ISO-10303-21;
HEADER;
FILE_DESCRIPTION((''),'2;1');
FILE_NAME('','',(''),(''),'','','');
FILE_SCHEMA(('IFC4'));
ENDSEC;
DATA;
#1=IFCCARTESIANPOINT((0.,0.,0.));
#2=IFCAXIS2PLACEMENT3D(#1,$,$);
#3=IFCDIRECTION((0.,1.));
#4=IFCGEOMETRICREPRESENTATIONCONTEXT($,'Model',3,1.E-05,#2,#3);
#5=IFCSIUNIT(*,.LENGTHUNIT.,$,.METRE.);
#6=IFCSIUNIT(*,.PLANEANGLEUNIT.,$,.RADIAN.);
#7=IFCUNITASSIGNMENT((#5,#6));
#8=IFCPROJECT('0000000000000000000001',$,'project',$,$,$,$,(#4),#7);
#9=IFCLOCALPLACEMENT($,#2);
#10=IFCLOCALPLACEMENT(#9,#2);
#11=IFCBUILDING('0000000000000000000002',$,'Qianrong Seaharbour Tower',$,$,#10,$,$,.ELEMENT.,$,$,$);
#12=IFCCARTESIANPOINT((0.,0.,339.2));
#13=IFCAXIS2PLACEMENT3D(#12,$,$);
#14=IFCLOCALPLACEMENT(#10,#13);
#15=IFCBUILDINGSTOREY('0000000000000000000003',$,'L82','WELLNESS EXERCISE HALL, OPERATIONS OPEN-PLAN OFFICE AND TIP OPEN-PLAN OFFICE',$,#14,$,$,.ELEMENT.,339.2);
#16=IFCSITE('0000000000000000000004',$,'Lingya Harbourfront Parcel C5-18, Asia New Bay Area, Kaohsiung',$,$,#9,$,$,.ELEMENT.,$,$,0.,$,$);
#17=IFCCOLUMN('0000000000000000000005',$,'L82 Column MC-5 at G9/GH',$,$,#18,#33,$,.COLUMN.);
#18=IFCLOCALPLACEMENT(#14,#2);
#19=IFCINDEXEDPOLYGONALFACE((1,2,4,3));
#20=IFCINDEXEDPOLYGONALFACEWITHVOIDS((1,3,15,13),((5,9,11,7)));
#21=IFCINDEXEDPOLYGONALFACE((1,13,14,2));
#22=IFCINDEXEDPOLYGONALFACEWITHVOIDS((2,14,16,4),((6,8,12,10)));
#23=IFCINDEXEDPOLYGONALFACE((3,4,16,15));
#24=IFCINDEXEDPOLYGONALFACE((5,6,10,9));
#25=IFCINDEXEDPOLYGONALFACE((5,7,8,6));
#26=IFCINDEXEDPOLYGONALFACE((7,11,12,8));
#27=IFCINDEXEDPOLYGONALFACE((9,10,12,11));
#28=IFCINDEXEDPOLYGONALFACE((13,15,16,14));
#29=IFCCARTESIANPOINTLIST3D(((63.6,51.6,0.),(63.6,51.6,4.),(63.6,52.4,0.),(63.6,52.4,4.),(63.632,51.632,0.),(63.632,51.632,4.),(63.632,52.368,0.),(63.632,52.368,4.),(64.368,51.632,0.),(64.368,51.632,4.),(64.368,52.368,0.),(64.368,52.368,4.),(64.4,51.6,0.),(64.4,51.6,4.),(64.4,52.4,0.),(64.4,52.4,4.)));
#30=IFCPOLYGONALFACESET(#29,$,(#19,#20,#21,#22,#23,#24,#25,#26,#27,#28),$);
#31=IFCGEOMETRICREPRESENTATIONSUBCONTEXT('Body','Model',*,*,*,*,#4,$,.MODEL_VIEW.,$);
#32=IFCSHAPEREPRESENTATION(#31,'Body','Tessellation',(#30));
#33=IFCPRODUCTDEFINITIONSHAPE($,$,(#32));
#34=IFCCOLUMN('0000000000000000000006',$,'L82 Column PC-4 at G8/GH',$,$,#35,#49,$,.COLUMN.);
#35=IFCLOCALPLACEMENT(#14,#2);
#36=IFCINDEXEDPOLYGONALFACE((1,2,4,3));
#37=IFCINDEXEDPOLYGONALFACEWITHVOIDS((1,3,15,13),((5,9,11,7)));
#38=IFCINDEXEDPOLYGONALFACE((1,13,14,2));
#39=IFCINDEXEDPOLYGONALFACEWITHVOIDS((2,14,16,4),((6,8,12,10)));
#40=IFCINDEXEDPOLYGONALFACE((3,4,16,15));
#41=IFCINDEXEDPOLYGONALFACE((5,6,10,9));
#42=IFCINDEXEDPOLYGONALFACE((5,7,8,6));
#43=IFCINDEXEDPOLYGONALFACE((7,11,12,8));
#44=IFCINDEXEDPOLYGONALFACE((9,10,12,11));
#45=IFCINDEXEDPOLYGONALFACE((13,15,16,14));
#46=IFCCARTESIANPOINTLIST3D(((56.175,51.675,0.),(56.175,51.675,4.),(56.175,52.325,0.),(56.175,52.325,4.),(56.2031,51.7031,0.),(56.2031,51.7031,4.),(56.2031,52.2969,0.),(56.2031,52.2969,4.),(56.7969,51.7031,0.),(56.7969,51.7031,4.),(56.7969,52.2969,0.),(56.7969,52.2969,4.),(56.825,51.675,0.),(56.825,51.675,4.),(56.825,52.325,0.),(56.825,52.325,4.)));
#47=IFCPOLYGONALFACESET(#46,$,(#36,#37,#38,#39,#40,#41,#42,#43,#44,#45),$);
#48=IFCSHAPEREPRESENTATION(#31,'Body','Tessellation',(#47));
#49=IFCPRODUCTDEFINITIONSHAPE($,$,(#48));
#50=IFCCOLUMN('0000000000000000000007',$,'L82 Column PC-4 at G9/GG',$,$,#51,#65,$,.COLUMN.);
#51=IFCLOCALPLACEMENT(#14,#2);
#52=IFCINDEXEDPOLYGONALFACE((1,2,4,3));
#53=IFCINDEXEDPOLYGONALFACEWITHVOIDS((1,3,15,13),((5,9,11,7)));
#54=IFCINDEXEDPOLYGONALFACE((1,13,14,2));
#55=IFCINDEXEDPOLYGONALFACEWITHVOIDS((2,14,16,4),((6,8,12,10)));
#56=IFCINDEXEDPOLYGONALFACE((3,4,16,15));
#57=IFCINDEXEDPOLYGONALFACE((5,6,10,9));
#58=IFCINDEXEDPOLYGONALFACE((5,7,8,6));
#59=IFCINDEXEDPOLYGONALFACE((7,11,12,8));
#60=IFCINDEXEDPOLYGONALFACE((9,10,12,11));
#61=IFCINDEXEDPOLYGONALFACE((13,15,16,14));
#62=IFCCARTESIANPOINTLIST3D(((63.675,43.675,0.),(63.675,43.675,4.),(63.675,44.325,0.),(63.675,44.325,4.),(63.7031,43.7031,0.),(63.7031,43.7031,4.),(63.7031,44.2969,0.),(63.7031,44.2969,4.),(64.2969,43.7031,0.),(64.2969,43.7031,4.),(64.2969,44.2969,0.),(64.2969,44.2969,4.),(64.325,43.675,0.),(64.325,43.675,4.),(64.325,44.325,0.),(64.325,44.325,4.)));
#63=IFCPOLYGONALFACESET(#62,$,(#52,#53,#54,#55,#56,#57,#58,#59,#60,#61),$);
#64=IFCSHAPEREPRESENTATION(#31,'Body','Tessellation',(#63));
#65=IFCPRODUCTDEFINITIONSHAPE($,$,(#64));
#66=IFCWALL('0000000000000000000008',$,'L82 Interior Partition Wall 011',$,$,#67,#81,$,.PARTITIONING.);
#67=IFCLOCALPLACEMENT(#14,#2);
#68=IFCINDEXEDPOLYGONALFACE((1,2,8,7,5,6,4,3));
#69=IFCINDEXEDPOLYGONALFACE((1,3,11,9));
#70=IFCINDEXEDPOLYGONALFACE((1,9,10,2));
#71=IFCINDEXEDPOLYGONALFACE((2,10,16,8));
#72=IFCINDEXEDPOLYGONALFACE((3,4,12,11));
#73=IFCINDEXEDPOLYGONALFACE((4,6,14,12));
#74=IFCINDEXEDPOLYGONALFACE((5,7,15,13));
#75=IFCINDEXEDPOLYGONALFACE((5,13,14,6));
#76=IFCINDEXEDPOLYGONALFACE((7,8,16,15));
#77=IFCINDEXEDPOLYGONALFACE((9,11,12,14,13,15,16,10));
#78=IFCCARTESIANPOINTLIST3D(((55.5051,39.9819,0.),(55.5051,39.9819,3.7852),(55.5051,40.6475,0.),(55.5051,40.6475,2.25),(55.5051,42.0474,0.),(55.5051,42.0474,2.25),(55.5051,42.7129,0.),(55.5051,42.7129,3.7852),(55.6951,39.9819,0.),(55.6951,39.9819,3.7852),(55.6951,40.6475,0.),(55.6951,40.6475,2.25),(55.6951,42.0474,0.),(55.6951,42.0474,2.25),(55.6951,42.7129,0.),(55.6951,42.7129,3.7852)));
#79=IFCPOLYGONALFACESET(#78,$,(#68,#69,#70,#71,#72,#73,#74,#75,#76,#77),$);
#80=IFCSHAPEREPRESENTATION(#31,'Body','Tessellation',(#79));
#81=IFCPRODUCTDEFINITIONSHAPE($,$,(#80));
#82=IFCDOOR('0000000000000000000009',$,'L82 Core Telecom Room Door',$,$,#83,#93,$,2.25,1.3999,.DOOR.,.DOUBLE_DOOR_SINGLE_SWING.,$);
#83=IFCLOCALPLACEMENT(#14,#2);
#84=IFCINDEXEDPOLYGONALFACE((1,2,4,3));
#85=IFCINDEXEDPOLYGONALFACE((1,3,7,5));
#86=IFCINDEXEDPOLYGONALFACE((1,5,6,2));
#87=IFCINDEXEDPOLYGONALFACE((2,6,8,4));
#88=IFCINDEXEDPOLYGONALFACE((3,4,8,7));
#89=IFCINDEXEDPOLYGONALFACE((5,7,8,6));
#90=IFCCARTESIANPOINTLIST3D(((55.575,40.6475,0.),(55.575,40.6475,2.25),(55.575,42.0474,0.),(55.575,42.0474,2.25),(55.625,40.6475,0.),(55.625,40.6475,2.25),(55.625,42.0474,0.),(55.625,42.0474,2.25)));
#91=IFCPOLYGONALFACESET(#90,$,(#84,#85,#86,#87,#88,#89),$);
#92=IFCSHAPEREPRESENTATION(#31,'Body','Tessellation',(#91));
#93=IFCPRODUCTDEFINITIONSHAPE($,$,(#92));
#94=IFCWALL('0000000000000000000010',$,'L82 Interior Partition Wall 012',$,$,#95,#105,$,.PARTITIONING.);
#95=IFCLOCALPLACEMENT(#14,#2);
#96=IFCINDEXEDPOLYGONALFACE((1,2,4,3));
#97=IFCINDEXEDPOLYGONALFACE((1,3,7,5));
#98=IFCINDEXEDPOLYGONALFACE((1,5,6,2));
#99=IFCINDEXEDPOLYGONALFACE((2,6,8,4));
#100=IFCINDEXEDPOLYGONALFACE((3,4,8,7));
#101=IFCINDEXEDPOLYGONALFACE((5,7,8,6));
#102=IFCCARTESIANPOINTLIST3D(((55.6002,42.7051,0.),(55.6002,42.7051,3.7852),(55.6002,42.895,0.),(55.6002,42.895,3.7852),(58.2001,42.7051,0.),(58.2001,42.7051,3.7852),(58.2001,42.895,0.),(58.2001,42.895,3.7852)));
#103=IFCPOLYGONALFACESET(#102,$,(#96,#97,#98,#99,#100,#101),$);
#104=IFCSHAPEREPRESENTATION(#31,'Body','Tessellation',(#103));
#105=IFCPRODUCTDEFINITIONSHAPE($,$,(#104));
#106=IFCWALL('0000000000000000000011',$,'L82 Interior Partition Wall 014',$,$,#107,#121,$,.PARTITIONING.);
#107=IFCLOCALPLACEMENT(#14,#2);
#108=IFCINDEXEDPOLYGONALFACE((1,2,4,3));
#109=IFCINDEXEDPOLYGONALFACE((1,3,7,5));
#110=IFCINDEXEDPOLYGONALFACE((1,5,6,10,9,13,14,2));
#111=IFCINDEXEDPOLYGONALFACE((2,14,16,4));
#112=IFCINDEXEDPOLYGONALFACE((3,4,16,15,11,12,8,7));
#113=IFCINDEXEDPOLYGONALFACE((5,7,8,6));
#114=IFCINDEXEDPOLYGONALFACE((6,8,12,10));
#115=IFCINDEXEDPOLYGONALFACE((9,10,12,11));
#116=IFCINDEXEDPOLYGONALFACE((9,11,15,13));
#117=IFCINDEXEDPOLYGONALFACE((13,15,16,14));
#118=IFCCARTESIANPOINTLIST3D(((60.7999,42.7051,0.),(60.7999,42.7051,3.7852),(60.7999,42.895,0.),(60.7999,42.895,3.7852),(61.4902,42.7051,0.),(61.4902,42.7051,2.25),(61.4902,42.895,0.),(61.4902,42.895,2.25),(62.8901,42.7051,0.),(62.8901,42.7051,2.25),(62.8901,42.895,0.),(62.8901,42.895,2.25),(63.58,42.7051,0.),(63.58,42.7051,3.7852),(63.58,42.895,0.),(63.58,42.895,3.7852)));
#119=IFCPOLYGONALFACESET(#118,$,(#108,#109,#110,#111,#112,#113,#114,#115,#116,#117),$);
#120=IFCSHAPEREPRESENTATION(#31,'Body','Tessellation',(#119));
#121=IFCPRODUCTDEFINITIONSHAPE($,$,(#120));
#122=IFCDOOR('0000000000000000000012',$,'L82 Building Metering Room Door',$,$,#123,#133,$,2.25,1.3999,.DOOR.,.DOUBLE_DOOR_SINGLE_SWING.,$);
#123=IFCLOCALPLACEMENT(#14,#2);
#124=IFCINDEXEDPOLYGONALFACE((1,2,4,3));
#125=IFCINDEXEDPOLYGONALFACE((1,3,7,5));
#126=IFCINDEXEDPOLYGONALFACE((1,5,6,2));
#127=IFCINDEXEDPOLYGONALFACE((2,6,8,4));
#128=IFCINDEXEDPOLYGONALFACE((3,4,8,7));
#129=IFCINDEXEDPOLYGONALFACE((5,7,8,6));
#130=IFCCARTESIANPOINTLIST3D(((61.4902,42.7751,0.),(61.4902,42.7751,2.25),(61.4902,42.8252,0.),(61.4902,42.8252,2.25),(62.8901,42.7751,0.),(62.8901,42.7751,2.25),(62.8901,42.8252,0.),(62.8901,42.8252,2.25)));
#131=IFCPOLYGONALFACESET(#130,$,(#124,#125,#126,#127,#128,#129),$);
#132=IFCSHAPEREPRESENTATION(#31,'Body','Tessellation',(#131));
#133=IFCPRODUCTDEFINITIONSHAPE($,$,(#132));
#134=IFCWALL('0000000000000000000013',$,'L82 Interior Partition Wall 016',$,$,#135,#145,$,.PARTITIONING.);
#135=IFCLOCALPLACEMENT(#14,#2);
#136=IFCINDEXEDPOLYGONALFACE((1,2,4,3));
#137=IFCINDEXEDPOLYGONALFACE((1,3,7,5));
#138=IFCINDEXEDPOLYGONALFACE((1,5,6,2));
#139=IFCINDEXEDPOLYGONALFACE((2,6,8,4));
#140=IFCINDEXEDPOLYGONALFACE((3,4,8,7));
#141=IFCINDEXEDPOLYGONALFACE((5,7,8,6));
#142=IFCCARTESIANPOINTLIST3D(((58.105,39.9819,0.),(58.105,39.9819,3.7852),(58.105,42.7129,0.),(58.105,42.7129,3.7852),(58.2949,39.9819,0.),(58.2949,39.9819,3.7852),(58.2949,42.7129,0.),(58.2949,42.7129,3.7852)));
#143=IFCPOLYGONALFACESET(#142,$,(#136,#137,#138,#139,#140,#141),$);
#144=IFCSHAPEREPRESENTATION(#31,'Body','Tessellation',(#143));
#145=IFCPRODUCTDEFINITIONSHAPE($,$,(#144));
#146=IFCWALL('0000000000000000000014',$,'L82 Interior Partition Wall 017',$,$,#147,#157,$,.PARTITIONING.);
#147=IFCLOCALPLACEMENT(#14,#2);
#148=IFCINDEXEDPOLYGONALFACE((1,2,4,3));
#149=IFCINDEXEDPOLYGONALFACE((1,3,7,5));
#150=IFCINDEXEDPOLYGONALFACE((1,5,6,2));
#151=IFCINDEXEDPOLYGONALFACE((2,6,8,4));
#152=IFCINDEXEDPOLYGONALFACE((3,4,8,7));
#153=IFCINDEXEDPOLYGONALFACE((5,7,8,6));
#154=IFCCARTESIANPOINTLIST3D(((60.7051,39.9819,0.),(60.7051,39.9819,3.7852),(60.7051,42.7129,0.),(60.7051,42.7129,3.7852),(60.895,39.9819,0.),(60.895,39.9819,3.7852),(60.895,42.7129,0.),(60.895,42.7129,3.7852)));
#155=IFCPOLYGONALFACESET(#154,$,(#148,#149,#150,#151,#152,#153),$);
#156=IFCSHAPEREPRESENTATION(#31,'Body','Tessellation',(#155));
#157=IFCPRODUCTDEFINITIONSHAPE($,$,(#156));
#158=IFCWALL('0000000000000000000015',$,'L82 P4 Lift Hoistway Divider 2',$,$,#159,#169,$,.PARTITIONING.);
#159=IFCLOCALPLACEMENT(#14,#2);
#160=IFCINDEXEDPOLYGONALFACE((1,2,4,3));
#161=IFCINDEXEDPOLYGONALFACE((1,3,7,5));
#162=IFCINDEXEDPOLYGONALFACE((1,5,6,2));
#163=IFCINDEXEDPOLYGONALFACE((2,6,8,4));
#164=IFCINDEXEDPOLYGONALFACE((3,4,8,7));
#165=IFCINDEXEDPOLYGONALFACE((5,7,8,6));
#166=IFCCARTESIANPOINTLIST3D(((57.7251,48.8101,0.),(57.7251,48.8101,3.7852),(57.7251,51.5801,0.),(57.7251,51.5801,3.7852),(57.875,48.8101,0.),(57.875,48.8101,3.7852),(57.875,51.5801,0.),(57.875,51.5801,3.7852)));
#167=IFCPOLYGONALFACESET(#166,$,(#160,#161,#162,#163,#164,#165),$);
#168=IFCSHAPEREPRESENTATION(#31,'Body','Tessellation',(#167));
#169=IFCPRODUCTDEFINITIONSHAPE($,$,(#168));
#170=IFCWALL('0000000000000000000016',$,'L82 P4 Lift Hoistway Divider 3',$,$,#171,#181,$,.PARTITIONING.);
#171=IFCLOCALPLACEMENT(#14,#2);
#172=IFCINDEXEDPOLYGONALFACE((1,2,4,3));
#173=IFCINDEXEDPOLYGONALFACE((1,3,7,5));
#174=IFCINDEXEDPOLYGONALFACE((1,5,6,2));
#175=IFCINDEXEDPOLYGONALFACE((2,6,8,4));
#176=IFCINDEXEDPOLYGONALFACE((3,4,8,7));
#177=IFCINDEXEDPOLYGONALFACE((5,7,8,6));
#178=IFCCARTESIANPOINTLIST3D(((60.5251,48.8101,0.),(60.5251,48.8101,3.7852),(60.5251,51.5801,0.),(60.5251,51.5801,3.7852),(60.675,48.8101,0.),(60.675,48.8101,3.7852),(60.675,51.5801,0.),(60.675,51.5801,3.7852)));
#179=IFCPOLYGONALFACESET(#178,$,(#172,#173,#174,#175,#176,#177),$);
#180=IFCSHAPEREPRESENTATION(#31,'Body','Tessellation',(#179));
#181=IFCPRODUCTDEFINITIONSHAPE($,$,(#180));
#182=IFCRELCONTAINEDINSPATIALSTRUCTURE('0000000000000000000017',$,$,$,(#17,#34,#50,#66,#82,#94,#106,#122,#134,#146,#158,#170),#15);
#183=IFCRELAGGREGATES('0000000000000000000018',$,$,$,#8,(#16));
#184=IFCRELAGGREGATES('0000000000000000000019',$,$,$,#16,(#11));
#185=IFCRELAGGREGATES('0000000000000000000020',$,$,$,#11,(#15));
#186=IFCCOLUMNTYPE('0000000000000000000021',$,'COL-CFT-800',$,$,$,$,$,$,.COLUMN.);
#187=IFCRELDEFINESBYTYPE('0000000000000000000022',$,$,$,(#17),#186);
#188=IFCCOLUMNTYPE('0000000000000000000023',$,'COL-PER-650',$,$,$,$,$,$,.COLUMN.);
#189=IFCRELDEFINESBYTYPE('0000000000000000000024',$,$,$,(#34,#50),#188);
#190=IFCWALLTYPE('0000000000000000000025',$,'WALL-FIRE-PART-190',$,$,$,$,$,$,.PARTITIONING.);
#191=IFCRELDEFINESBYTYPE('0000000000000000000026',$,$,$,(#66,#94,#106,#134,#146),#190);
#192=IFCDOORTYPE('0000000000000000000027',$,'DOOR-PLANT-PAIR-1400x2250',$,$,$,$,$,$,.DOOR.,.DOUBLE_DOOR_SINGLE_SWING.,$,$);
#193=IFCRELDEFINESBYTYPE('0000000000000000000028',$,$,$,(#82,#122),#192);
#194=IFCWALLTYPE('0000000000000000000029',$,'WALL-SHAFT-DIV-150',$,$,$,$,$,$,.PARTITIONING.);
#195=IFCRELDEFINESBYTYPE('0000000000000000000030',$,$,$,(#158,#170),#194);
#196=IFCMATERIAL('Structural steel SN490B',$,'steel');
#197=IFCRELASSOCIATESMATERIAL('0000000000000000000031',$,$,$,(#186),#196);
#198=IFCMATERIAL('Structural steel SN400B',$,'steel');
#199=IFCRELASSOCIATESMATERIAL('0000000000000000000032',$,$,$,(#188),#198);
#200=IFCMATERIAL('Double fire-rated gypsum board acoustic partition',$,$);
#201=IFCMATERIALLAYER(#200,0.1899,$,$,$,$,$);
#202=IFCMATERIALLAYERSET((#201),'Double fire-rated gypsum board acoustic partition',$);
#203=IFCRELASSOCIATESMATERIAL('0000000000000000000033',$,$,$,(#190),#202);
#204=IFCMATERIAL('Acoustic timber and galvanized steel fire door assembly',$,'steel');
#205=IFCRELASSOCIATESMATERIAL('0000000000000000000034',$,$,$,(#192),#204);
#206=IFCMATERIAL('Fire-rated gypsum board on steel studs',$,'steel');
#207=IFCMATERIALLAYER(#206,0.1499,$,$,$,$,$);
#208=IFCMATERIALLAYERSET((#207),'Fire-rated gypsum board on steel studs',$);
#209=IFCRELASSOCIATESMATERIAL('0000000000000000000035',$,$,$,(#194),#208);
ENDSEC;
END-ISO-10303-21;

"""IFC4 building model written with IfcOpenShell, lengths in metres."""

from ifc_helpers import new_model, si_unit, direction, frame, frame_2d, origin, origin_2d, place, context, subcontext, project, spatial, rectangle, hollow_rectangle, extrude, material, layer, layer_set, material_profile, profile_set, type_object, element, fill, save


model = new_model("IFC4")

# Units and contexts
model_context = context("Model", 3, precision=1e-05, world=origin(), true_north=direction((0.0, 1.0)))
body_context = subcontext(model_context, "Body", "Model", "MODEL_VIEW")
ifc_project = project(units=[si_unit("LENGTHUNIT", "METRE"), si_unit("PLANEANGLEUNIT", "RADIAN")], contexts=[model_context])

# Site, building, storey
site_placement = place(None, origin())
site = spatial("IfcSite", under=ifc_project, at=site_placement, Name="Lingya Harbourfront Parcel C5-18, Asia New Bay Area, Kaohsiung", CompositionType="ELEMENT", RefElevation=0.0)
building_placement = place(site_placement, origin())
building = spatial("IfcBuilding", under=site, at=building_placement, Name="Qianrong Seaharbour Tower", CompositionType="ELEMENT")
storey_placement = place(building_placement, frame((0.0, 0.0, 339.2)))
storey = spatial("IfcBuildingStorey", under=building, at=storey_placement, Name="L82", Description="WELLNESS EXERCISE HALL, OPERATIONS OPEN-PLAN OFFICE AND TIP OPEN-PLAN OFFICE", CompositionType="ELEMENT", Elevation=339.2)

# Columns
ifc_material_1 = material(Name="Structural steel SN490B", Category="steel")
ifc_material_profile_1 = material_profile(ifc_material_1, hollow_rectangle(XDim=0.8, YDim=0.8, WallThickness=0.032, at=origin_2d()), Name="BOX800x800x32")
ifc_profile_set_1 = profile_set([ifc_material_profile_1], Name="Structural steel SN490B")
column_type_1 = type_object("IfcColumnType", Name="COL-CFT-800", PredefinedType="COLUMN", material=ifc_profile_set_1)
column_placement = place(storey_placement, frame((64.0, 52.0, 0.0), z_axis=(0.0, 0.0, 1.0), x_axis=(1.0, 0.0, 0.0)))
element("IfcColumn", 1, at=column_placement, inside=storey, type_object=column_type_1, Name="L82 Column MC-5 at G9/GH", PredefinedType="COLUMN", context=body_context, shape_type="SweptSolid", body=[
    extrude(hollow_rectangle(XDim=0.8, YDim=0.8, WallThickness=0.032, at=origin_2d()), origin(), (0.0, 0.0, 1.0), 4.0),
])
ifc_material_2 = material(Name="Structural steel SN400B", Category="steel")
ifc_material_profile_2 = material_profile(ifc_material_2, hollow_rectangle(XDim=0.6499, YDim=0.6499, WallThickness=0.0281, at=origin_2d()), Name="BOX650x650x28")
ifc_profile_set_2 = profile_set([ifc_material_profile_2], Name="Structural steel SN400B")
column_type_2 = type_object("IfcColumnType", Name="COL-PER-650", PredefinedType="COLUMN", material=ifc_profile_set_2)
for number, where, z_axis, x_axis, name in (
    (2, (56.5, 52.0, 0.0), (0.0, 0.0, 1.0), (1.0, 0.0, 0.0), "L82 Column PC-4 at G8/GH"),
    (3, (64.0, 44.0, 0.0), (0.0, 0.0, 1.0), (1.0, 0.0, 0.0), "L82 Column PC-4 at G9/GG"),
):
    element("IfcColumn", number, at=place(storey_placement, frame(where, z_axis=z_axis, x_axis=x_axis)), inside=storey, type_object=column_type_2, Name=name, PredefinedType="COLUMN", context=body_context, shape_type="SweptSolid", body=[
        extrude(hollow_rectangle(XDim=0.6499, YDim=0.6499, WallThickness=0.0281, at=origin_2d()), origin(), (0.0, 0.0, 1.0), 4.0),
    ])

# Wall, opening, door
ifc_material_3 = material(Name="Acoustic timber and galvanized steel fire door assembly", Category="steel")
ifc_material_4 = material(Name="Double fire-rated gypsum board acoustic partition")
ifc_layer_1 = layer(ifc_material_4, 0.1899)
ifc_layer_set_1 = layer_set([ifc_layer_1], Name="Double fire-rated gypsum board acoustic partition")
wall_type_1 = type_object("IfcWallType", Name="WALL-FIRE-PART-190", PredefinedType="PARTITIONING", material=ifc_layer_set_1)
wall_1_placement = place(storey_placement, frame((55.6001, 42.7129, 0.0), z_axis=(0.0, 0.0, 1.0), x_axis=(0.0, -1.0, 0.0)))
wall_1 = element("IfcWall", 4, at=wall_1_placement, inside=storey, type_object=wall_type_1, Name="L82 Interior Partition Wall 011", PredefinedType="PARTITIONING", context=body_context, shape_type="SweptSolid", body=[
    extrude(rectangle(XDim=2.731, YDim=0.1899, at=frame_2d((1.3655, 0.0))), origin(), (0.0, 0.0, 1.0), 3.7852),
])
opening_1_placement = place(wall_1_placement, frame((0.6655, 0.0, 0.0)))
opening_1 = element("IfcOpeningElement", 5, at=opening_1_placement, cuts=wall_1, PredefinedType="OPENING", context=body_context, shape_type="SweptSolid", body=[
    extrude(rectangle(XDim=1.3999, YDim=2.25, at=frame_2d((0.7, 1.125))), frame((0.0, 0.105, 0.0), z_axis=(0.0, -1.0, 0.0), x_axis=(1.0, 0.0, 0.0)), (0.0, 0.0, 1.0), 0.21),
])
door_type_1 = type_object("IfcDoorType", Name="DOOR-PLANT-PAIR-1400x2250", OperationType="DOUBLE_DOOR_SINGLE_SWING", PredefinedType="DOOR", material=ifc_material_3)
door_1_placement = place(opening_1_placement, origin())
door_1 = element("IfcDoor", 6, at=door_1_placement, inside=storey, type_object=door_type_1, Name="L82 Core Telecom Room Door", OperationType="DOUBLE_DOOR_SINGLE_SWING", OverallHeight=2.25, OverallWidth=1.3999, PredefinedType="DOOR", context=body_context, shape_type="SweptSolid", body=[
    extrude(rectangle(XDim=1.3999, YDim=2.25, at=frame_2d((0.7, 1.125))), frame((0.0, 0.0249, 0.0), z_axis=(0.0, -1.0, 0.0), x_axis=(1.0, 0.0, 0.0)), (0.0, 0.0, 1.0), 0.05),
])
fill(opening_1, door_1)

# Wall
wall_2_placement = place(storey_placement, frame((58.2, 42.8, 0.0), z_axis=(0.0, 0.0, 1.0), x_axis=(-1.0, 0.0, 0.0)))
element("IfcWall", 7, at=wall_2_placement, inside=storey, type_object=wall_type_1, Name="L82 Interior Partition Wall 012", PredefinedType="PARTITIONING", context=body_context, shape_type="SweptSolid", body=[
    extrude(rectangle(XDim=2.5999, YDim=0.1899, at=frame_2d((1.2998, 0.0))), origin(), (0.0, 0.0, 1.0), 3.7852),
])

# Wall, opening, door
wall_3_placement = place(storey_placement, frame((63.5801, 42.8, 0.0), z_axis=(0.0, 0.0, 1.0), x_axis=(-1.0, 0.0, 0.0)))
wall_3 = element("IfcWall", 8, at=wall_3_placement, inside=storey, type_object=wall_type_1, Name="L82 Interior Partition Wall 014", PredefinedType="PARTITIONING", context=body_context, shape_type="SweptSolid", body=[
    extrude(rectangle(XDim=2.78, YDim=0.1899, at=frame_2d((1.3901, 0.0))), origin(), (0.0, 0.0, 1.0), 3.7852),
])
opening_2_placement = place(wall_3_placement, frame((0.6899, 0.0, 0.0)))
opening_2 = element("IfcOpeningElement", 9, at=opening_2_placement, cuts=wall_3, PredefinedType="OPENING", context=body_context, shape_type="SweptSolid", body=[
    extrude(rectangle(XDim=1.3999, YDim=2.25, at=frame_2d((0.7, 1.125))), frame((0.0, 0.105, 0.0), z_axis=(0.0, -1.0, 0.0), x_axis=(1.0, 0.0, 0.0)), (0.0, 0.0, 1.0), 0.21),
])
door_2_placement = place(opening_2_placement, origin())
door_2 = element("IfcDoor", 10, at=door_2_placement, inside=storey, type_object=door_type_1, Name="L82 Building Metering Room Door", OperationType="DOUBLE_DOOR_SINGLE_SWING", OverallHeight=2.25, OverallWidth=1.3999, PredefinedType="DOOR", context=body_context, shape_type="SweptSolid", body=[
    extrude(rectangle(XDim=1.3999, YDim=2.25, at=frame_2d((0.7, 1.125))), frame((0.0, 0.0249, 0.0), z_axis=(0.0, -1.0, 0.0), x_axis=(1.0, 0.0, 0.0)), (0.0, 0.0, 1.0), 0.05),
])
fill(opening_2, door_2)

# Walls
for number, where, z_axis, x_axis, name in (
    (11, (58.2, 42.7129, 0.0), (0.0, 0.0, 1.0), (0.0, -1.0, 0.0), "L82 Interior Partition Wall 016"),
    (12, (60.8, 42.7129, 0.0), (0.0, 0.0, 1.0), (0.0, -1.0, 0.0), "L82 Interior Partition Wall 017"),
):
    element("IfcWall", number, at=place(storey_placement, frame(where, z_axis=z_axis, x_axis=x_axis)), inside=storey, type_object=wall_type_1, Name=name, PredefinedType="PARTITIONING", context=body_context, shape_type="SweptSolid", body=[
        extrude(rectangle(XDim=2.731, YDim=0.1899, at=frame_2d((1.3655, 0.0))), origin(), (0.0, 0.0, 1.0), 3.7852),
    ])
ifc_material_5 = material(Name="Fire-rated gypsum board on steel studs", Category="steel")
ifc_layer_2 = layer(ifc_material_5, 0.1499)
ifc_layer_set_2 = layer_set([ifc_layer_2], Name="Fire-rated gypsum board on steel studs")
wall_type_2 = type_object("IfcWallType", Name="WALL-SHAFT-DIV-150", PredefinedType="PARTITIONING", material=ifc_layer_set_2)
for number, where, z_axis, x_axis, name in (
    (13, (57.8, 48.8101, 0.0), (0.0, 0.0, 1.0), (0.0, 1.0, 0.0), "L82 P4 Lift Hoistway Divider 2"),
    (14, (60.6001, 48.8101, 0.0), (0.0, 0.0, 1.0), (0.0, 1.0, 0.0), "L82 P4 Lift Hoistway Divider 3"),
):
    element("IfcWall", number, at=place(storey_placement, frame(where, z_axis=z_axis, x_axis=x_axis)), inside=storey, type_object=wall_type_2, Name=name, PredefinedType="PARTITIONING", context=body_context, shape_type="SweptSolid", body=[
        extrude(rectangle(XDim=2.77, YDim=0.1499, at=frame_2d((1.385, 0.0))), origin(), (0.0, 0.0, 1.0), 3.7852),
    ])

save(model, "model.ifc")
